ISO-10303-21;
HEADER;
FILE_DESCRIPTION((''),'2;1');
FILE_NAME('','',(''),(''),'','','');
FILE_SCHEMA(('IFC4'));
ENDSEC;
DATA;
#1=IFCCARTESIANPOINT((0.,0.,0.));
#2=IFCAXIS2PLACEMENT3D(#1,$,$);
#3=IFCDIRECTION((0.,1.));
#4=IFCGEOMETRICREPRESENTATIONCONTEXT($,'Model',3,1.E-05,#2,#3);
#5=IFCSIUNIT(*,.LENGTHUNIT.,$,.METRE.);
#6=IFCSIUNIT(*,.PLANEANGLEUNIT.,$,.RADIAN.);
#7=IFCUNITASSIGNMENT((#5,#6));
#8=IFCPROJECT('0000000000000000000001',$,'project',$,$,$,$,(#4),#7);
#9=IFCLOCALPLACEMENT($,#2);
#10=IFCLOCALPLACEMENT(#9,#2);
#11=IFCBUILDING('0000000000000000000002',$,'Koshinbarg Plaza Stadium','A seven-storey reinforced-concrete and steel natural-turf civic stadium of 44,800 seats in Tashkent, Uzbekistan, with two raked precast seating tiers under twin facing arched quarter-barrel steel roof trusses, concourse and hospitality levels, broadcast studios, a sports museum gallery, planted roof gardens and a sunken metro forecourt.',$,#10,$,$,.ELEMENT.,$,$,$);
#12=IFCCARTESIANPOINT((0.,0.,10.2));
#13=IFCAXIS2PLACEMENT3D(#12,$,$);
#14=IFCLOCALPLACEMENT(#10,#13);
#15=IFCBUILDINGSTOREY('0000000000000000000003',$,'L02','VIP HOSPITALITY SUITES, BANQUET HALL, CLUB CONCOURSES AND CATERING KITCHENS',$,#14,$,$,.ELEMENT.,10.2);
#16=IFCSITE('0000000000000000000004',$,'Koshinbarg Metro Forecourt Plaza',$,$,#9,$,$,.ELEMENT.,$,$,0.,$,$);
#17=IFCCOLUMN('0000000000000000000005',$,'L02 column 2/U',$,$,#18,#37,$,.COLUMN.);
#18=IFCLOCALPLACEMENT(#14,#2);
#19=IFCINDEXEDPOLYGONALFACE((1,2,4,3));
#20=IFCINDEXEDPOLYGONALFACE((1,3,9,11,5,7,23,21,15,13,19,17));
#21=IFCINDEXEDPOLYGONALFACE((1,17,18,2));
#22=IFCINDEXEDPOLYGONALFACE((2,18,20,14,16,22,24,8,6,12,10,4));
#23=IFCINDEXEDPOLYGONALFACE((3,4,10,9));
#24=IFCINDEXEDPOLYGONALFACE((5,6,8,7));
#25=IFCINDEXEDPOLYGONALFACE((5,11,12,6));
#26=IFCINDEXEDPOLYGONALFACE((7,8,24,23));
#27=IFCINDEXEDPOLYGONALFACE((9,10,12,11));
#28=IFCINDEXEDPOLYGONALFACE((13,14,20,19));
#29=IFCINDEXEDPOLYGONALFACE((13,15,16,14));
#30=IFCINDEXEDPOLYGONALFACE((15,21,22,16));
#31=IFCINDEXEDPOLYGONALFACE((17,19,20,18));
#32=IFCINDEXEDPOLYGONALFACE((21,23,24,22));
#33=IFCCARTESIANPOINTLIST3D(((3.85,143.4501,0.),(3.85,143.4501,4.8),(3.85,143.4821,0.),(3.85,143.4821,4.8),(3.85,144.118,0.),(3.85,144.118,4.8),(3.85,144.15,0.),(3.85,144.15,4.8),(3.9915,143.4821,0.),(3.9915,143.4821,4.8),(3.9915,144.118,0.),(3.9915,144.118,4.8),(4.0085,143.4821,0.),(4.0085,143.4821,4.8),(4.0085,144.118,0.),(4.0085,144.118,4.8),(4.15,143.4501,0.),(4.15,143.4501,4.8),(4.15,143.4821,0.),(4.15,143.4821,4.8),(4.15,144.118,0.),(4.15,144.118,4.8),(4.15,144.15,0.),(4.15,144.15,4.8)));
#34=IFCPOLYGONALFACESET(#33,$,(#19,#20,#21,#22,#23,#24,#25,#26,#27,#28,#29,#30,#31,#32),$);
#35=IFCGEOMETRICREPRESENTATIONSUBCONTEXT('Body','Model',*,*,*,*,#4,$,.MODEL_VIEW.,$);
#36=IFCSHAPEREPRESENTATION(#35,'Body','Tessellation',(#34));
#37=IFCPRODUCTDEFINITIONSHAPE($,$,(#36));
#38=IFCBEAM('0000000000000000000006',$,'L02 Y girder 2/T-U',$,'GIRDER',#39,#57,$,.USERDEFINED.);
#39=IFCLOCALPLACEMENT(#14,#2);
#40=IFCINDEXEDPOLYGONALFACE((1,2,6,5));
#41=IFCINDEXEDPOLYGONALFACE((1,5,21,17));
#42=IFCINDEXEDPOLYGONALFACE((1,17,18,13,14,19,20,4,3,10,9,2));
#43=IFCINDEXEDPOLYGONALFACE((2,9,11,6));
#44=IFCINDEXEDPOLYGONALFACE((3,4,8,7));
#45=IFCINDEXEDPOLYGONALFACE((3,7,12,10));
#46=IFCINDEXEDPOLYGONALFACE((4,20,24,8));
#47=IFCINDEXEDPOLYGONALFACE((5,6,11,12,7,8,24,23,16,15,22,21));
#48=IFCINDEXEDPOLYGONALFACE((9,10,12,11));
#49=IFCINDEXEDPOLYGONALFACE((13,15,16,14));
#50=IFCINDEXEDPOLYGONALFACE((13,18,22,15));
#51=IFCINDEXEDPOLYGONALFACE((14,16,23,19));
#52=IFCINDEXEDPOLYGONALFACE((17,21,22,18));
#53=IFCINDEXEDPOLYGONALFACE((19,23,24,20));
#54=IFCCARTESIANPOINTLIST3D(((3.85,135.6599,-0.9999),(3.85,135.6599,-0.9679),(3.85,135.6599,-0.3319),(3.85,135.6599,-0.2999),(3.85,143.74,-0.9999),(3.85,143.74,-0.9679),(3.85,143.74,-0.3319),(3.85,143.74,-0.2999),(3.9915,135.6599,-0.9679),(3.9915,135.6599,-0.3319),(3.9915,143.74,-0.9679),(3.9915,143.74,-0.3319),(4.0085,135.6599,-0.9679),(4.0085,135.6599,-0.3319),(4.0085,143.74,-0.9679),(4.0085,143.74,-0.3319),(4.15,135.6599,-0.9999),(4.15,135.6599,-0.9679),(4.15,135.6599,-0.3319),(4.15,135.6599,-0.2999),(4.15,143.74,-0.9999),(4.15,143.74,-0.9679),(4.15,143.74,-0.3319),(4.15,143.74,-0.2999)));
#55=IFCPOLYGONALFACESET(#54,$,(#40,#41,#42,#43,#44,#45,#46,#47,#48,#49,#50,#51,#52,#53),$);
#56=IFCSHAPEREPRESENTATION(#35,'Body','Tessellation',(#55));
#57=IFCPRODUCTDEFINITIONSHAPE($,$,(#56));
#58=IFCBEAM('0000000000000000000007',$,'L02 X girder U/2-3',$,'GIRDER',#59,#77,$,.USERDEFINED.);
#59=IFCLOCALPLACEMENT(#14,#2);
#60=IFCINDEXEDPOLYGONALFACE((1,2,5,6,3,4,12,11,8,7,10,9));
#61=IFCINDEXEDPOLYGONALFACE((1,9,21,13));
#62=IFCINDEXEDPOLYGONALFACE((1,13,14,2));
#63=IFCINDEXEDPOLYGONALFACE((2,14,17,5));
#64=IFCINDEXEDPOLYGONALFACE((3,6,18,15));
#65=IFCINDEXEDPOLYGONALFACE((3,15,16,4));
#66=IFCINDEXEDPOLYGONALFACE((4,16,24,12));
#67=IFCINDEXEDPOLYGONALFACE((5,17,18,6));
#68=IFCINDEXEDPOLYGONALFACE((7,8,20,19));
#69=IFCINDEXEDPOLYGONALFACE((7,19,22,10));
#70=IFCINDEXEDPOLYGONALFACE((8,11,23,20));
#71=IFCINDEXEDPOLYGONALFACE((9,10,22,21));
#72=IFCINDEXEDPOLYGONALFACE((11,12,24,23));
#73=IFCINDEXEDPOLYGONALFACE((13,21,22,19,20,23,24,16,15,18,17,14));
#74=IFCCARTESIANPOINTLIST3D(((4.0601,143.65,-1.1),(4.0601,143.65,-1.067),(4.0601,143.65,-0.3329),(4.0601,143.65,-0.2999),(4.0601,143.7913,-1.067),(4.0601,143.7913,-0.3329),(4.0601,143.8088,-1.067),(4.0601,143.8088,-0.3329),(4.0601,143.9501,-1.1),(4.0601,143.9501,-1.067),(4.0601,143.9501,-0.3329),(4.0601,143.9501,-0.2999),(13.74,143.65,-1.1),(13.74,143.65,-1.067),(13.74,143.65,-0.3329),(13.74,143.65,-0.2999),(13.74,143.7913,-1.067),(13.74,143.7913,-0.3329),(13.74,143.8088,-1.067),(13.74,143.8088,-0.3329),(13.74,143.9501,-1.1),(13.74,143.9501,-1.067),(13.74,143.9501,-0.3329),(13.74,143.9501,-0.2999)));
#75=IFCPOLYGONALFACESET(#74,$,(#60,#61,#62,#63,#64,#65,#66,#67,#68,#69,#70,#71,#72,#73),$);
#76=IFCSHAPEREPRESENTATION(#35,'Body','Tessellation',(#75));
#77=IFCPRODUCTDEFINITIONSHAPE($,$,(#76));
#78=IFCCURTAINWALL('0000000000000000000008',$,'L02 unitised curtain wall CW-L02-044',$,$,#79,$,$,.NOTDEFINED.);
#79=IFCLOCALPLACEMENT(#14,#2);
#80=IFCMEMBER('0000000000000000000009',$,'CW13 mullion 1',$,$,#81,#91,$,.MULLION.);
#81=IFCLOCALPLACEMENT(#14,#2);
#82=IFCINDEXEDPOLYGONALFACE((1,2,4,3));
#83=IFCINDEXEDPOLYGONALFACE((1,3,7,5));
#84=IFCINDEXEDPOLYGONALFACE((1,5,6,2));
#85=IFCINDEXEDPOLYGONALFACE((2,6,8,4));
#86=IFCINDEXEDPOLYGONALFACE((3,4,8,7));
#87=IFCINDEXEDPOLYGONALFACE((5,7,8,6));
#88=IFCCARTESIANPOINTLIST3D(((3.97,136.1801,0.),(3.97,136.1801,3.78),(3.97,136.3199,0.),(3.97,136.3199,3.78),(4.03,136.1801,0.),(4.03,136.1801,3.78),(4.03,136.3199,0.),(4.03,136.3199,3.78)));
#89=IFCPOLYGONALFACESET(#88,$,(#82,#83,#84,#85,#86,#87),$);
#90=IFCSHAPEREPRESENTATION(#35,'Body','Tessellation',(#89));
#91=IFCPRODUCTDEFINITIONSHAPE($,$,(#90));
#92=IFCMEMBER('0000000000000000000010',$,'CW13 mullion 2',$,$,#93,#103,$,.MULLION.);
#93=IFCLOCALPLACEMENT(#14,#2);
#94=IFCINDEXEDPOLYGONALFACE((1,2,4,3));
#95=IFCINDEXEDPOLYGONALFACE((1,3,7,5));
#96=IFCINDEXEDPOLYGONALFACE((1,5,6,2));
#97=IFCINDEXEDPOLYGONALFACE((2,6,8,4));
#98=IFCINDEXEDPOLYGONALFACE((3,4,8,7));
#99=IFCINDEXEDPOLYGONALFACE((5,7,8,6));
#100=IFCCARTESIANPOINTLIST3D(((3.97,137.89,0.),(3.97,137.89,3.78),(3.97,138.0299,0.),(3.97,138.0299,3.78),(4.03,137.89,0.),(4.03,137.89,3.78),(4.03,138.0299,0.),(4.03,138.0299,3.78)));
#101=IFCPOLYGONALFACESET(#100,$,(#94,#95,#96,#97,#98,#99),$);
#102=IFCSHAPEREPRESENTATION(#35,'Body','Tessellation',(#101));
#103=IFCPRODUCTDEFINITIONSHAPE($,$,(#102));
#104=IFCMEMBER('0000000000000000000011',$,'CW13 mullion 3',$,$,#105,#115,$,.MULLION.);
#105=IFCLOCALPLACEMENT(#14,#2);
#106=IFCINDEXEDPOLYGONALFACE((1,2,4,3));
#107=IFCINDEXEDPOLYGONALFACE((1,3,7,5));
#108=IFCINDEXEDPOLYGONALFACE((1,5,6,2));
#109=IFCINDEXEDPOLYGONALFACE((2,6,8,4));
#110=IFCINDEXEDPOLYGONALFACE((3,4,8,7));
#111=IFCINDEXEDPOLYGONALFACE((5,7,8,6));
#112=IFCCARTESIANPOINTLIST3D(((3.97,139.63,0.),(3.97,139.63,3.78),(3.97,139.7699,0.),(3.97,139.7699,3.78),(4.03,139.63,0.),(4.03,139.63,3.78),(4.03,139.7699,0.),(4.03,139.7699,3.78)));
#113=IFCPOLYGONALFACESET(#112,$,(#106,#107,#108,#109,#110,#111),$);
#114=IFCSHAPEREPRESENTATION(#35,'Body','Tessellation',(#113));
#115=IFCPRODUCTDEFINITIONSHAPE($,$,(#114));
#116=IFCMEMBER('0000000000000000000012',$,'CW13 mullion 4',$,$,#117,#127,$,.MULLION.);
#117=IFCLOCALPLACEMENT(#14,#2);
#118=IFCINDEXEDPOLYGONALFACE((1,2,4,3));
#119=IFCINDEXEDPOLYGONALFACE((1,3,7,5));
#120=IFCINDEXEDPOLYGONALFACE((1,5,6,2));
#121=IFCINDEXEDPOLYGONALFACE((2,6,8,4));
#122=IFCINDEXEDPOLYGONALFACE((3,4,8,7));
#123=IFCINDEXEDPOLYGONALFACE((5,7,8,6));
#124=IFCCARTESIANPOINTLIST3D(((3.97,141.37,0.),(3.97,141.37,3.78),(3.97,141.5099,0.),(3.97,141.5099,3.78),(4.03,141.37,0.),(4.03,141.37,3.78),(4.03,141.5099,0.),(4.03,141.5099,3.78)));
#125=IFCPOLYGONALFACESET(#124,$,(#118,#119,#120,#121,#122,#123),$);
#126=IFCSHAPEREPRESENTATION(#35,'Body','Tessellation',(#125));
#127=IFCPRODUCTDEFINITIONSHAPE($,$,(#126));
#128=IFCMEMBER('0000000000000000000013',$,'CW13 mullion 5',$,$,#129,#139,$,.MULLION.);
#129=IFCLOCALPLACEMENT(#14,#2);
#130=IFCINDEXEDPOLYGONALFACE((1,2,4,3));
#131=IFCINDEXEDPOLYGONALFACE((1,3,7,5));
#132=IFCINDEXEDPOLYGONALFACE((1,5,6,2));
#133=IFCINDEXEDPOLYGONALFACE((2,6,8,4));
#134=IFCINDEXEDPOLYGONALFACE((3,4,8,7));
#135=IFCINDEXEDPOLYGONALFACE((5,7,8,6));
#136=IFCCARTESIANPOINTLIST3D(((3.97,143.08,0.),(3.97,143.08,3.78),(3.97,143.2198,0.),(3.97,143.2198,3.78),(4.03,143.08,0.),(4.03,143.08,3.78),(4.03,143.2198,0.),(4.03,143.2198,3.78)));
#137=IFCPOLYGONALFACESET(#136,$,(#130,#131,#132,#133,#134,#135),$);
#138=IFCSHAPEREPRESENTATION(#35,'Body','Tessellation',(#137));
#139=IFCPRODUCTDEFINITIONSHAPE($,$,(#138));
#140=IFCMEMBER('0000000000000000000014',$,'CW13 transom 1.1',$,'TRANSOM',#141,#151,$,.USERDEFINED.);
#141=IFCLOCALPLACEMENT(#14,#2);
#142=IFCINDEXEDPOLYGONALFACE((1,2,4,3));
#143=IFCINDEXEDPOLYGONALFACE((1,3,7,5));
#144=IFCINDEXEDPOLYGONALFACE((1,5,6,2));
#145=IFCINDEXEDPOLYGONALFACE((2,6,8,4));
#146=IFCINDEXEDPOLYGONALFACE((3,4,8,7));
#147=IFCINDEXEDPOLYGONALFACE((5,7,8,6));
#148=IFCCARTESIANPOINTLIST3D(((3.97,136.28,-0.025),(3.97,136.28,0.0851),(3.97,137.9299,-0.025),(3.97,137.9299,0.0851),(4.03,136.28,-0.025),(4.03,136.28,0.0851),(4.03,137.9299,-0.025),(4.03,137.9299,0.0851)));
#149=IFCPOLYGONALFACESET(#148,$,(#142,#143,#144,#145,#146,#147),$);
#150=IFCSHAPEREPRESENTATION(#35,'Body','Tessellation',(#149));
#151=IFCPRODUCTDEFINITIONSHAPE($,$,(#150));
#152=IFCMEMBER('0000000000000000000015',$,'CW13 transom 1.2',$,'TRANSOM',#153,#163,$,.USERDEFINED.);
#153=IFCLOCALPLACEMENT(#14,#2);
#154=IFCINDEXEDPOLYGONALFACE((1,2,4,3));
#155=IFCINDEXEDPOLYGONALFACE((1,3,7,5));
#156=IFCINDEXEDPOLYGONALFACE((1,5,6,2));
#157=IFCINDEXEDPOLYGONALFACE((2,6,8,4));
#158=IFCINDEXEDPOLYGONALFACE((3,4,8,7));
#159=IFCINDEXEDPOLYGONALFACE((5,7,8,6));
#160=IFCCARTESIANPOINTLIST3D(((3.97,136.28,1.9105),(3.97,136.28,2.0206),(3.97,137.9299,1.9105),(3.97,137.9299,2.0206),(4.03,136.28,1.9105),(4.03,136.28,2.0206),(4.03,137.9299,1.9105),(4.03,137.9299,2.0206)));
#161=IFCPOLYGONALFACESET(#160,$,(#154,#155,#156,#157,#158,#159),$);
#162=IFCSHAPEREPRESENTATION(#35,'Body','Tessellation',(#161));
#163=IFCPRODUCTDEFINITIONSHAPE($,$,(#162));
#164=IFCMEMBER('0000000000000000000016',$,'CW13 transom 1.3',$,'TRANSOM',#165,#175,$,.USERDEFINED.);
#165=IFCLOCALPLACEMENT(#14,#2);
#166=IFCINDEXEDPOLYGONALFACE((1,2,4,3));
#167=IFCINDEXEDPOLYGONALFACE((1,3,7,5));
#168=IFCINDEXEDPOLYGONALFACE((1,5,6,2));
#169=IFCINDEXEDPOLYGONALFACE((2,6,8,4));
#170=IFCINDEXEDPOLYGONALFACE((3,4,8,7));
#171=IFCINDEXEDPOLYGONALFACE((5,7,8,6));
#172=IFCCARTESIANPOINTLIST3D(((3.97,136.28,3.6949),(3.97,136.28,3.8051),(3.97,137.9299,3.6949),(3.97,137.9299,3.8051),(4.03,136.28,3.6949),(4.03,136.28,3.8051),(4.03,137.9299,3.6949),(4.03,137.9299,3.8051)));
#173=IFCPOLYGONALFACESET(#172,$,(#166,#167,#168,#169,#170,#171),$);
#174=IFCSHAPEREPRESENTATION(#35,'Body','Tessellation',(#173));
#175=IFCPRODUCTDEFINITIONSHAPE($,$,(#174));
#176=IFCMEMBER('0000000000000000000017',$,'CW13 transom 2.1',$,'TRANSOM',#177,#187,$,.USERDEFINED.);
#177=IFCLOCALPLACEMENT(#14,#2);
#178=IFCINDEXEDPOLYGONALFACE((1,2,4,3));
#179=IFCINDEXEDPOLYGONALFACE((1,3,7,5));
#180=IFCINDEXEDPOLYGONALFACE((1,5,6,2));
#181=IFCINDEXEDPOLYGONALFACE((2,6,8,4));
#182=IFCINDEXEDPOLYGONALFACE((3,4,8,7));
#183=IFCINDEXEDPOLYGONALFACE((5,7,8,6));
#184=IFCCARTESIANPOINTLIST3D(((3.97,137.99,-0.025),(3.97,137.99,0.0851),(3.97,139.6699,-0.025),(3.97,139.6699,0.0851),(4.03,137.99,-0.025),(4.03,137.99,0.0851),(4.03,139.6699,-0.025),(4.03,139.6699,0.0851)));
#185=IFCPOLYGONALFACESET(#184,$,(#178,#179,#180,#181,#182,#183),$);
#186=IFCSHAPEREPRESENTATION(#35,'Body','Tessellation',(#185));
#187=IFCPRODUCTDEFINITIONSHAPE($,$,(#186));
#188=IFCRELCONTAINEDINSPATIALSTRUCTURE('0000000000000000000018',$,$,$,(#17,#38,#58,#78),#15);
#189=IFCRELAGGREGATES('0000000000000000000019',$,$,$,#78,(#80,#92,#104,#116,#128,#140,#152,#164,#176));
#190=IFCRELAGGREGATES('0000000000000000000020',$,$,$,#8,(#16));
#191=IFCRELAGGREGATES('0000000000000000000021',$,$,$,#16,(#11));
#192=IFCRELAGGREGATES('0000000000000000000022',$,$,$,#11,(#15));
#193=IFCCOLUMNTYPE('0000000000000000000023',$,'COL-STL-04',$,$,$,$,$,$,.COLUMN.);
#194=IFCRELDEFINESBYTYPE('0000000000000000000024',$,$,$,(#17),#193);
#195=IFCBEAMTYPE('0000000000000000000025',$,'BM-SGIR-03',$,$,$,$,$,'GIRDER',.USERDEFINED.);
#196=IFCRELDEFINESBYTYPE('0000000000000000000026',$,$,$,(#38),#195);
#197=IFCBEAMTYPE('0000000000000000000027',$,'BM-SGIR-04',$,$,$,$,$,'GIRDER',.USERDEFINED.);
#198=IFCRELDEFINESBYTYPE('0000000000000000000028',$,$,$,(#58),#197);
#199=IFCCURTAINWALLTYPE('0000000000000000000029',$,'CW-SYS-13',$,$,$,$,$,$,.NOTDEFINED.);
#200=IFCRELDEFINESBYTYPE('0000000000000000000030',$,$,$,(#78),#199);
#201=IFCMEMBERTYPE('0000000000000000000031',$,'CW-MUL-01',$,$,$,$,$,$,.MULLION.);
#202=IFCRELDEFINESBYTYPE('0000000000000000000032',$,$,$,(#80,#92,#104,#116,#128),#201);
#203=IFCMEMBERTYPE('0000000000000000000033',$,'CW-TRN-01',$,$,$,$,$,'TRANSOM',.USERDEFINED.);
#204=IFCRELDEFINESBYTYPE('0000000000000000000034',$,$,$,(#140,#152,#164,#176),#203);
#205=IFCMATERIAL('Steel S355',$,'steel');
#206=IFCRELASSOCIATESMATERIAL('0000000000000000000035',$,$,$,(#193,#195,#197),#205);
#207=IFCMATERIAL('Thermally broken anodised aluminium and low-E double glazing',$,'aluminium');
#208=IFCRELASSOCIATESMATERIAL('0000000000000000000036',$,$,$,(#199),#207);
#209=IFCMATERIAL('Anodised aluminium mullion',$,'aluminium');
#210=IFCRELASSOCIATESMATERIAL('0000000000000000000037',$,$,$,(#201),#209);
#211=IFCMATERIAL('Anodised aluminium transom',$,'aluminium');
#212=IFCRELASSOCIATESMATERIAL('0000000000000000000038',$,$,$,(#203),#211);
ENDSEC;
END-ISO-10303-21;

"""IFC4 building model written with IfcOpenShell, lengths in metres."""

from ifc_helpers import new_model, si_unit, direction, frame, origin, origin_2d, place, context, subcontext, project, spatial, rectangle, i_section, extrude, material, material_profile, profile_set, type_object, element, aggregate, save


model = new_model("IFC4")

# Units and contexts
model_context = context("Model", 3, precision=1e-05, world=origin(), true_north=direction((0.0, 1.0)))
body_context = subcontext(model_context, "Body", "Model", "MODEL_VIEW")
ifc_project = project(units=[si_unit("LENGTHUNIT", "METRE"), si_unit("PLANEANGLEUNIT", "RADIAN")], contexts=[model_context])

# Site, building, storey
site_placement = place(None, origin())
site = spatial("IfcSite", under=ifc_project, at=site_placement, Name="Koshinbarg Metro Forecourt Plaza", CompositionType="ELEMENT", RefElevation=0.0)
building_placement = place(site_placement, origin())
building = spatial("IfcBuilding", under=site, at=building_placement, Name="Koshinbarg Plaza Stadium", Description="A seven-storey reinforced-concrete and steel natural-turf civic stadium of 44,800 seats in Tashkent, Uzbekistan, with two raked precast seating tiers under twin facing arched quarter-barrel steel roof trusses, concourse and hospitality levels, broadcast studios, a sports museum gallery, planted roof gardens and a sunken metro forecourt.", CompositionType="ELEMENT")
storey_placement = place(building_placement, frame((0.0, 0.0, 10.2)))
storey = spatial("IfcBuildingStorey", under=building, at=storey_placement, Name="L02", Description="VIP HOSPITALITY SUITES, BANQUET HALL, CLUB CONCOURSES AND CATERING KITCHENS", CompositionType="ELEMENT", Elevation=10.2)

# Column
ifc_material_1 = material(Name="Steel S355", Category="steel")
ifc_material_profile_1 = material_profile(ifc_material_1, i_section(OverallWidth=0.3, OverallDepth=0.7, WebThickness=0.0171, FlangeThickness=0.032, at=origin_2d()), Name="HEB 700")
ifc_profile_set_1 = profile_set([ifc_material_profile_1], Name="Steel S355")
column_type = type_object("IfcColumnType", Name="COL-STL-04", PredefinedType="COLUMN", material=ifc_profile_set_1)
column_placement = place(storey_placement, frame((4.0, 143.8, 0.0), z_axis=(0.0, 0.0, 1.0), x_axis=(1.0, 0.0, 0.0)))
element("IfcColumn", 1, at=column_placement, inside=storey, type_object=column_type, Name="L02 column 2/U", PredefinedType="COLUMN", context=body_context, shape_type="SweptSolid", body=[
    extrude(i_section(OverallWidth=0.3, OverallDepth=0.7, WebThickness=0.0171, FlangeThickness=0.032, at=origin_2d()), origin(), (0.0, 0.0, 1.0), 4.8),
])

# Beams
ifc_material_profile_2 = material_profile(ifc_material_1, i_section(OverallWidth=0.3, OverallDepth=0.7, WebThickness=0.0171, FlangeThickness=0.032, at=origin_2d()), Name="HEB 700")
ifc_profile_set_2 = profile_set([ifc_material_profile_2], Name="Steel S355")
beam_type_1 = type_object("IfcBeamType", Name="BM-SGIR-03", ElementType="GIRDER", PredefinedType="USERDEFINED", material=ifc_profile_set_2)
beam_1_placement = place(storey_placement, frame((4.0, 135.6599, -0.6499), z_axis=(0.0, 1.0, 0.0), x_axis=(-1.0, 0.0, 0.0)))
element("IfcBeam", 2, at=beam_1_placement, inside=storey, type_object=beam_type_1, Name="L02 Y girder 2/T-U", ObjectType="GIRDER", PredefinedType="USERDEFINED", context=body_context, shape_type="SweptSolid", body=[
    extrude(i_section(OverallWidth=0.3, OverallDepth=0.7, WebThickness=0.0171, FlangeThickness=0.032, at=origin_2d()), origin(), (0.0, 0.0, 1.0), 8.0801),
])
ifc_material_profile_3 = material_profile(ifc_material_1, i_section(OverallWidth=0.3, OverallDepth=0.8, WebThickness=0.0176, FlangeThickness=0.033, at=origin_2d()), Name="HEB 800")
ifc_profile_set_3 = profile_set([ifc_material_profile_3], Name="Steel S355")
beam_type_2 = type_object("IfcBeamType", Name="BM-SGIR-04", ElementType="GIRDER", PredefinedType="USERDEFINED", material=ifc_profile_set_3)
beam_2_placement = place(storey_placement, frame((4.0601, 143.8, -0.7), z_axis=(1.0, 0.0, 0.0), x_axis=(0.0, 1.0, 0.0)))
element("IfcBeam", 3, at=beam_2_placement, inside=storey, type_object=beam_type_2, Name="L02 X girder U/2-3", ObjectType="GIRDER", PredefinedType="USERDEFINED", context=body_context, shape_type="SweptSolid", body=[
    extrude(i_section(OverallWidth=0.3, OverallDepth=0.8, WebThickness=0.0176, FlangeThickness=0.033, at=origin_2d()), origin(), (0.0, 0.0, 1.0), 9.6799),
])

# Curtain wall, members
ifc_material_2 = material(Name="Thermally broken anodised aluminium and low-E double glazing", Category="aluminium")
curtain_wall_type = type_object("IfcCurtainWallType", Name="CW-SYS-13", PredefinedType="NOTDEFINED", material=ifc_material_2)
curtain_wall_placement = place(storey_placement, origin())
curtain_wall = element("IfcCurtainWall", 4, at=curtain_wall_placement, inside=storey, type_object=curtain_wall_type, Name="L02 unitised curtain wall CW-L02-044", PredefinedType="NOTDEFINED")
ifc_material_3 = material(Name="Anodised aluminium mullion", Category="aluminium")
ifc_material_profile_4 = material_profile(ifc_material_3, rectangle(XDim=0.0601, YDim=0.1399, at=origin_2d()), Name="ALU 60x140")
ifc_profile_set_4 = profile_set([ifc_material_profile_4], Name="Anodised aluminium mullion")
member_type_1 = type_object("IfcMemberType", Name="CW-MUL-01", PredefinedType="MULLION", material=ifc_profile_set_4)
member_1_placement = place(storey_placement, frame((4.0, 136.25, 0.0), z_axis=(0.0, 0.0, 1.0), x_axis=(-1.0, 0.0, 0.0)))
member_1 = element("IfcMember", 5, at=member_1_placement, type_object=member_type_1, Name="CW13 mullion 1", PredefinedType="MULLION", context=body_context, shape_type="SweptSolid", body=[
    extrude(rectangle(XDim=0.0601, YDim=0.1399, at=origin_2d()), origin(), (0.0, 0.0, 1.0), 3.78),
])
member_2_placement = place(storey_placement, frame((4.0, 137.96, 0.0), z_axis=(0.0, 0.0, 1.0), x_axis=(-1.0, 0.0, 0.0)))
member_2 = element("IfcMember", 6, at=member_2_placement, type_object=member_type_1, Name="CW13 mullion 2", PredefinedType="MULLION", context=body_context, shape_type="SweptSolid", body=[
    extrude(rectangle(XDim=0.0601, YDim=0.1399, at=origin_2d()), origin(), (0.0, 0.0, 1.0), 3.78),
])
member_3_placement = place(storey_placement, frame((4.0, 139.7, 0.0), z_axis=(0.0, 0.0, 1.0), x_axis=(-1.0, 0.0, 0.0)))
member_3 = element("IfcMember", 7, at=member_3_placement, type_object=member_type_1, Name="CW13 mullion 3", PredefinedType="MULLION", context=body_context, shape_type="SweptSolid", body=[
    extrude(rectangle(XDim=0.0601, YDim=0.1399, at=origin_2d()), origin(), (0.0, 0.0, 1.0), 3.78),
])
member_4_placement = place(storey_placement, frame((4.0, 141.4399, 0.0), z_axis=(0.0, 0.0, 1.0), x_axis=(-1.0, 0.0, 0.0)))
member_4 = element("IfcMember", 8, at=member_4_placement, type_object=member_type_1, Name="CW13 mullion 4", PredefinedType="MULLION", context=body_context, shape_type="SweptSolid", body=[
    extrude(rectangle(XDim=0.0601, YDim=0.1399, at=origin_2d()), origin(), (0.0, 0.0, 1.0), 3.78),
])
member_5_placement = place(storey_placement, frame((4.0, 143.1499, 0.0), z_axis=(0.0, 0.0, 1.0), x_axis=(-1.0, 0.0, 0.0)))
member_5 = element("IfcMember", 9, at=member_5_placement, type_object=member_type_1, Name="CW13 mullion 5", PredefinedType="MULLION", context=body_context, shape_type="SweptSolid", body=[
    extrude(rectangle(XDim=0.0601, YDim=0.1399, at=origin_2d()), origin(), (0.0, 0.0, 1.0), 3.78),
])
ifc_material_4 = material(Name="Anodised aluminium transom", Category="aluminium")
ifc_material_profile_5 = material_profile(ifc_material_4, rectangle(XDim=0.0601, YDim=0.1101, at=origin_2d()), Name="ALU 60x110")
ifc_profile_set_5 = profile_set([ifc_material_profile_5], Name="Anodised aluminium transom")
member_type_2 = type_object("IfcMemberType", Name="CW-TRN-01", ElementType="TRANSOM", PredefinedType="USERDEFINED", material=ifc_profile_set_5)
member_6_placement = place(storey_placement, frame((4.0, 136.28, 0.03), z_axis=(0.0, 1.0, 0.0), x_axis=(-1.0, 0.0, 0.0)))
member_6 = element("IfcMember", 10, at=member_6_placement, type_object=member_type_2, Name="CW13 transom 1.1", ObjectType="TRANSOM", PredefinedType="USERDEFINED", context=body_context, shape_type="SweptSolid", body=[
    extrude(rectangle(XDim=0.0601, YDim=0.1101, at=origin_2d()), origin(), (0.0, 0.0, 1.0), 1.6499),
])
member_7_placement = place(storey_placement, frame((4.0, 136.28, 1.9656), z_axis=(0.0, 1.0, 0.0), x_axis=(-1.0, 0.0, 0.0)))
member_7 = element("IfcMember", 11, at=member_7_placement, type_object=member_type_2, Name="CW13 transom 1.2", ObjectType="TRANSOM", PredefinedType="USERDEFINED", context=body_context, shape_type="SweptSolid", body=[
    extrude(rectangle(XDim=0.0601, YDim=0.1101, at=origin_2d()), origin(), (0.0, 0.0, 1.0), 1.6499),
])
member_8_placement = place(storey_placement, frame((4.0, 136.28, 3.75), z_axis=(0.0, 1.0, 0.0), x_axis=(-1.0, 0.0, 0.0)))
member_8 = element("IfcMember", 12, at=member_8_placement, type_object=member_type_2, Name="CW13 transom 1.3", ObjectType="TRANSOM", PredefinedType="USERDEFINED", context=body_context, shape_type="SweptSolid", body=[
    extrude(rectangle(XDim=0.0601, YDim=0.1101, at=origin_2d()), origin(), (0.0, 0.0, 1.0), 1.6499),
])
member_9_placement = place(storey_placement, frame((4.0, 137.99, 0.03), z_axis=(0.0, 1.0, 0.0), x_axis=(-1.0, 0.0, 0.0)))
member_9 = element("IfcMember", 13, at=member_9_placement, type_object=member_type_2, Name="CW13 transom 2.1", ObjectType="TRANSOM", PredefinedType="USERDEFINED", context=body_context, shape_type="SweptSolid", body=[
    extrude(rectangle(XDim=0.0601, YDim=0.1101, at=origin_2d()), origin(), (0.0, 0.0, 1.0), 1.6799),
])
aggregate(curtain_wall, [member_1, member_2, member_3, member_4, member_5, member_6, member_7, member_8, member_9])

save(model, "model.ifc")
